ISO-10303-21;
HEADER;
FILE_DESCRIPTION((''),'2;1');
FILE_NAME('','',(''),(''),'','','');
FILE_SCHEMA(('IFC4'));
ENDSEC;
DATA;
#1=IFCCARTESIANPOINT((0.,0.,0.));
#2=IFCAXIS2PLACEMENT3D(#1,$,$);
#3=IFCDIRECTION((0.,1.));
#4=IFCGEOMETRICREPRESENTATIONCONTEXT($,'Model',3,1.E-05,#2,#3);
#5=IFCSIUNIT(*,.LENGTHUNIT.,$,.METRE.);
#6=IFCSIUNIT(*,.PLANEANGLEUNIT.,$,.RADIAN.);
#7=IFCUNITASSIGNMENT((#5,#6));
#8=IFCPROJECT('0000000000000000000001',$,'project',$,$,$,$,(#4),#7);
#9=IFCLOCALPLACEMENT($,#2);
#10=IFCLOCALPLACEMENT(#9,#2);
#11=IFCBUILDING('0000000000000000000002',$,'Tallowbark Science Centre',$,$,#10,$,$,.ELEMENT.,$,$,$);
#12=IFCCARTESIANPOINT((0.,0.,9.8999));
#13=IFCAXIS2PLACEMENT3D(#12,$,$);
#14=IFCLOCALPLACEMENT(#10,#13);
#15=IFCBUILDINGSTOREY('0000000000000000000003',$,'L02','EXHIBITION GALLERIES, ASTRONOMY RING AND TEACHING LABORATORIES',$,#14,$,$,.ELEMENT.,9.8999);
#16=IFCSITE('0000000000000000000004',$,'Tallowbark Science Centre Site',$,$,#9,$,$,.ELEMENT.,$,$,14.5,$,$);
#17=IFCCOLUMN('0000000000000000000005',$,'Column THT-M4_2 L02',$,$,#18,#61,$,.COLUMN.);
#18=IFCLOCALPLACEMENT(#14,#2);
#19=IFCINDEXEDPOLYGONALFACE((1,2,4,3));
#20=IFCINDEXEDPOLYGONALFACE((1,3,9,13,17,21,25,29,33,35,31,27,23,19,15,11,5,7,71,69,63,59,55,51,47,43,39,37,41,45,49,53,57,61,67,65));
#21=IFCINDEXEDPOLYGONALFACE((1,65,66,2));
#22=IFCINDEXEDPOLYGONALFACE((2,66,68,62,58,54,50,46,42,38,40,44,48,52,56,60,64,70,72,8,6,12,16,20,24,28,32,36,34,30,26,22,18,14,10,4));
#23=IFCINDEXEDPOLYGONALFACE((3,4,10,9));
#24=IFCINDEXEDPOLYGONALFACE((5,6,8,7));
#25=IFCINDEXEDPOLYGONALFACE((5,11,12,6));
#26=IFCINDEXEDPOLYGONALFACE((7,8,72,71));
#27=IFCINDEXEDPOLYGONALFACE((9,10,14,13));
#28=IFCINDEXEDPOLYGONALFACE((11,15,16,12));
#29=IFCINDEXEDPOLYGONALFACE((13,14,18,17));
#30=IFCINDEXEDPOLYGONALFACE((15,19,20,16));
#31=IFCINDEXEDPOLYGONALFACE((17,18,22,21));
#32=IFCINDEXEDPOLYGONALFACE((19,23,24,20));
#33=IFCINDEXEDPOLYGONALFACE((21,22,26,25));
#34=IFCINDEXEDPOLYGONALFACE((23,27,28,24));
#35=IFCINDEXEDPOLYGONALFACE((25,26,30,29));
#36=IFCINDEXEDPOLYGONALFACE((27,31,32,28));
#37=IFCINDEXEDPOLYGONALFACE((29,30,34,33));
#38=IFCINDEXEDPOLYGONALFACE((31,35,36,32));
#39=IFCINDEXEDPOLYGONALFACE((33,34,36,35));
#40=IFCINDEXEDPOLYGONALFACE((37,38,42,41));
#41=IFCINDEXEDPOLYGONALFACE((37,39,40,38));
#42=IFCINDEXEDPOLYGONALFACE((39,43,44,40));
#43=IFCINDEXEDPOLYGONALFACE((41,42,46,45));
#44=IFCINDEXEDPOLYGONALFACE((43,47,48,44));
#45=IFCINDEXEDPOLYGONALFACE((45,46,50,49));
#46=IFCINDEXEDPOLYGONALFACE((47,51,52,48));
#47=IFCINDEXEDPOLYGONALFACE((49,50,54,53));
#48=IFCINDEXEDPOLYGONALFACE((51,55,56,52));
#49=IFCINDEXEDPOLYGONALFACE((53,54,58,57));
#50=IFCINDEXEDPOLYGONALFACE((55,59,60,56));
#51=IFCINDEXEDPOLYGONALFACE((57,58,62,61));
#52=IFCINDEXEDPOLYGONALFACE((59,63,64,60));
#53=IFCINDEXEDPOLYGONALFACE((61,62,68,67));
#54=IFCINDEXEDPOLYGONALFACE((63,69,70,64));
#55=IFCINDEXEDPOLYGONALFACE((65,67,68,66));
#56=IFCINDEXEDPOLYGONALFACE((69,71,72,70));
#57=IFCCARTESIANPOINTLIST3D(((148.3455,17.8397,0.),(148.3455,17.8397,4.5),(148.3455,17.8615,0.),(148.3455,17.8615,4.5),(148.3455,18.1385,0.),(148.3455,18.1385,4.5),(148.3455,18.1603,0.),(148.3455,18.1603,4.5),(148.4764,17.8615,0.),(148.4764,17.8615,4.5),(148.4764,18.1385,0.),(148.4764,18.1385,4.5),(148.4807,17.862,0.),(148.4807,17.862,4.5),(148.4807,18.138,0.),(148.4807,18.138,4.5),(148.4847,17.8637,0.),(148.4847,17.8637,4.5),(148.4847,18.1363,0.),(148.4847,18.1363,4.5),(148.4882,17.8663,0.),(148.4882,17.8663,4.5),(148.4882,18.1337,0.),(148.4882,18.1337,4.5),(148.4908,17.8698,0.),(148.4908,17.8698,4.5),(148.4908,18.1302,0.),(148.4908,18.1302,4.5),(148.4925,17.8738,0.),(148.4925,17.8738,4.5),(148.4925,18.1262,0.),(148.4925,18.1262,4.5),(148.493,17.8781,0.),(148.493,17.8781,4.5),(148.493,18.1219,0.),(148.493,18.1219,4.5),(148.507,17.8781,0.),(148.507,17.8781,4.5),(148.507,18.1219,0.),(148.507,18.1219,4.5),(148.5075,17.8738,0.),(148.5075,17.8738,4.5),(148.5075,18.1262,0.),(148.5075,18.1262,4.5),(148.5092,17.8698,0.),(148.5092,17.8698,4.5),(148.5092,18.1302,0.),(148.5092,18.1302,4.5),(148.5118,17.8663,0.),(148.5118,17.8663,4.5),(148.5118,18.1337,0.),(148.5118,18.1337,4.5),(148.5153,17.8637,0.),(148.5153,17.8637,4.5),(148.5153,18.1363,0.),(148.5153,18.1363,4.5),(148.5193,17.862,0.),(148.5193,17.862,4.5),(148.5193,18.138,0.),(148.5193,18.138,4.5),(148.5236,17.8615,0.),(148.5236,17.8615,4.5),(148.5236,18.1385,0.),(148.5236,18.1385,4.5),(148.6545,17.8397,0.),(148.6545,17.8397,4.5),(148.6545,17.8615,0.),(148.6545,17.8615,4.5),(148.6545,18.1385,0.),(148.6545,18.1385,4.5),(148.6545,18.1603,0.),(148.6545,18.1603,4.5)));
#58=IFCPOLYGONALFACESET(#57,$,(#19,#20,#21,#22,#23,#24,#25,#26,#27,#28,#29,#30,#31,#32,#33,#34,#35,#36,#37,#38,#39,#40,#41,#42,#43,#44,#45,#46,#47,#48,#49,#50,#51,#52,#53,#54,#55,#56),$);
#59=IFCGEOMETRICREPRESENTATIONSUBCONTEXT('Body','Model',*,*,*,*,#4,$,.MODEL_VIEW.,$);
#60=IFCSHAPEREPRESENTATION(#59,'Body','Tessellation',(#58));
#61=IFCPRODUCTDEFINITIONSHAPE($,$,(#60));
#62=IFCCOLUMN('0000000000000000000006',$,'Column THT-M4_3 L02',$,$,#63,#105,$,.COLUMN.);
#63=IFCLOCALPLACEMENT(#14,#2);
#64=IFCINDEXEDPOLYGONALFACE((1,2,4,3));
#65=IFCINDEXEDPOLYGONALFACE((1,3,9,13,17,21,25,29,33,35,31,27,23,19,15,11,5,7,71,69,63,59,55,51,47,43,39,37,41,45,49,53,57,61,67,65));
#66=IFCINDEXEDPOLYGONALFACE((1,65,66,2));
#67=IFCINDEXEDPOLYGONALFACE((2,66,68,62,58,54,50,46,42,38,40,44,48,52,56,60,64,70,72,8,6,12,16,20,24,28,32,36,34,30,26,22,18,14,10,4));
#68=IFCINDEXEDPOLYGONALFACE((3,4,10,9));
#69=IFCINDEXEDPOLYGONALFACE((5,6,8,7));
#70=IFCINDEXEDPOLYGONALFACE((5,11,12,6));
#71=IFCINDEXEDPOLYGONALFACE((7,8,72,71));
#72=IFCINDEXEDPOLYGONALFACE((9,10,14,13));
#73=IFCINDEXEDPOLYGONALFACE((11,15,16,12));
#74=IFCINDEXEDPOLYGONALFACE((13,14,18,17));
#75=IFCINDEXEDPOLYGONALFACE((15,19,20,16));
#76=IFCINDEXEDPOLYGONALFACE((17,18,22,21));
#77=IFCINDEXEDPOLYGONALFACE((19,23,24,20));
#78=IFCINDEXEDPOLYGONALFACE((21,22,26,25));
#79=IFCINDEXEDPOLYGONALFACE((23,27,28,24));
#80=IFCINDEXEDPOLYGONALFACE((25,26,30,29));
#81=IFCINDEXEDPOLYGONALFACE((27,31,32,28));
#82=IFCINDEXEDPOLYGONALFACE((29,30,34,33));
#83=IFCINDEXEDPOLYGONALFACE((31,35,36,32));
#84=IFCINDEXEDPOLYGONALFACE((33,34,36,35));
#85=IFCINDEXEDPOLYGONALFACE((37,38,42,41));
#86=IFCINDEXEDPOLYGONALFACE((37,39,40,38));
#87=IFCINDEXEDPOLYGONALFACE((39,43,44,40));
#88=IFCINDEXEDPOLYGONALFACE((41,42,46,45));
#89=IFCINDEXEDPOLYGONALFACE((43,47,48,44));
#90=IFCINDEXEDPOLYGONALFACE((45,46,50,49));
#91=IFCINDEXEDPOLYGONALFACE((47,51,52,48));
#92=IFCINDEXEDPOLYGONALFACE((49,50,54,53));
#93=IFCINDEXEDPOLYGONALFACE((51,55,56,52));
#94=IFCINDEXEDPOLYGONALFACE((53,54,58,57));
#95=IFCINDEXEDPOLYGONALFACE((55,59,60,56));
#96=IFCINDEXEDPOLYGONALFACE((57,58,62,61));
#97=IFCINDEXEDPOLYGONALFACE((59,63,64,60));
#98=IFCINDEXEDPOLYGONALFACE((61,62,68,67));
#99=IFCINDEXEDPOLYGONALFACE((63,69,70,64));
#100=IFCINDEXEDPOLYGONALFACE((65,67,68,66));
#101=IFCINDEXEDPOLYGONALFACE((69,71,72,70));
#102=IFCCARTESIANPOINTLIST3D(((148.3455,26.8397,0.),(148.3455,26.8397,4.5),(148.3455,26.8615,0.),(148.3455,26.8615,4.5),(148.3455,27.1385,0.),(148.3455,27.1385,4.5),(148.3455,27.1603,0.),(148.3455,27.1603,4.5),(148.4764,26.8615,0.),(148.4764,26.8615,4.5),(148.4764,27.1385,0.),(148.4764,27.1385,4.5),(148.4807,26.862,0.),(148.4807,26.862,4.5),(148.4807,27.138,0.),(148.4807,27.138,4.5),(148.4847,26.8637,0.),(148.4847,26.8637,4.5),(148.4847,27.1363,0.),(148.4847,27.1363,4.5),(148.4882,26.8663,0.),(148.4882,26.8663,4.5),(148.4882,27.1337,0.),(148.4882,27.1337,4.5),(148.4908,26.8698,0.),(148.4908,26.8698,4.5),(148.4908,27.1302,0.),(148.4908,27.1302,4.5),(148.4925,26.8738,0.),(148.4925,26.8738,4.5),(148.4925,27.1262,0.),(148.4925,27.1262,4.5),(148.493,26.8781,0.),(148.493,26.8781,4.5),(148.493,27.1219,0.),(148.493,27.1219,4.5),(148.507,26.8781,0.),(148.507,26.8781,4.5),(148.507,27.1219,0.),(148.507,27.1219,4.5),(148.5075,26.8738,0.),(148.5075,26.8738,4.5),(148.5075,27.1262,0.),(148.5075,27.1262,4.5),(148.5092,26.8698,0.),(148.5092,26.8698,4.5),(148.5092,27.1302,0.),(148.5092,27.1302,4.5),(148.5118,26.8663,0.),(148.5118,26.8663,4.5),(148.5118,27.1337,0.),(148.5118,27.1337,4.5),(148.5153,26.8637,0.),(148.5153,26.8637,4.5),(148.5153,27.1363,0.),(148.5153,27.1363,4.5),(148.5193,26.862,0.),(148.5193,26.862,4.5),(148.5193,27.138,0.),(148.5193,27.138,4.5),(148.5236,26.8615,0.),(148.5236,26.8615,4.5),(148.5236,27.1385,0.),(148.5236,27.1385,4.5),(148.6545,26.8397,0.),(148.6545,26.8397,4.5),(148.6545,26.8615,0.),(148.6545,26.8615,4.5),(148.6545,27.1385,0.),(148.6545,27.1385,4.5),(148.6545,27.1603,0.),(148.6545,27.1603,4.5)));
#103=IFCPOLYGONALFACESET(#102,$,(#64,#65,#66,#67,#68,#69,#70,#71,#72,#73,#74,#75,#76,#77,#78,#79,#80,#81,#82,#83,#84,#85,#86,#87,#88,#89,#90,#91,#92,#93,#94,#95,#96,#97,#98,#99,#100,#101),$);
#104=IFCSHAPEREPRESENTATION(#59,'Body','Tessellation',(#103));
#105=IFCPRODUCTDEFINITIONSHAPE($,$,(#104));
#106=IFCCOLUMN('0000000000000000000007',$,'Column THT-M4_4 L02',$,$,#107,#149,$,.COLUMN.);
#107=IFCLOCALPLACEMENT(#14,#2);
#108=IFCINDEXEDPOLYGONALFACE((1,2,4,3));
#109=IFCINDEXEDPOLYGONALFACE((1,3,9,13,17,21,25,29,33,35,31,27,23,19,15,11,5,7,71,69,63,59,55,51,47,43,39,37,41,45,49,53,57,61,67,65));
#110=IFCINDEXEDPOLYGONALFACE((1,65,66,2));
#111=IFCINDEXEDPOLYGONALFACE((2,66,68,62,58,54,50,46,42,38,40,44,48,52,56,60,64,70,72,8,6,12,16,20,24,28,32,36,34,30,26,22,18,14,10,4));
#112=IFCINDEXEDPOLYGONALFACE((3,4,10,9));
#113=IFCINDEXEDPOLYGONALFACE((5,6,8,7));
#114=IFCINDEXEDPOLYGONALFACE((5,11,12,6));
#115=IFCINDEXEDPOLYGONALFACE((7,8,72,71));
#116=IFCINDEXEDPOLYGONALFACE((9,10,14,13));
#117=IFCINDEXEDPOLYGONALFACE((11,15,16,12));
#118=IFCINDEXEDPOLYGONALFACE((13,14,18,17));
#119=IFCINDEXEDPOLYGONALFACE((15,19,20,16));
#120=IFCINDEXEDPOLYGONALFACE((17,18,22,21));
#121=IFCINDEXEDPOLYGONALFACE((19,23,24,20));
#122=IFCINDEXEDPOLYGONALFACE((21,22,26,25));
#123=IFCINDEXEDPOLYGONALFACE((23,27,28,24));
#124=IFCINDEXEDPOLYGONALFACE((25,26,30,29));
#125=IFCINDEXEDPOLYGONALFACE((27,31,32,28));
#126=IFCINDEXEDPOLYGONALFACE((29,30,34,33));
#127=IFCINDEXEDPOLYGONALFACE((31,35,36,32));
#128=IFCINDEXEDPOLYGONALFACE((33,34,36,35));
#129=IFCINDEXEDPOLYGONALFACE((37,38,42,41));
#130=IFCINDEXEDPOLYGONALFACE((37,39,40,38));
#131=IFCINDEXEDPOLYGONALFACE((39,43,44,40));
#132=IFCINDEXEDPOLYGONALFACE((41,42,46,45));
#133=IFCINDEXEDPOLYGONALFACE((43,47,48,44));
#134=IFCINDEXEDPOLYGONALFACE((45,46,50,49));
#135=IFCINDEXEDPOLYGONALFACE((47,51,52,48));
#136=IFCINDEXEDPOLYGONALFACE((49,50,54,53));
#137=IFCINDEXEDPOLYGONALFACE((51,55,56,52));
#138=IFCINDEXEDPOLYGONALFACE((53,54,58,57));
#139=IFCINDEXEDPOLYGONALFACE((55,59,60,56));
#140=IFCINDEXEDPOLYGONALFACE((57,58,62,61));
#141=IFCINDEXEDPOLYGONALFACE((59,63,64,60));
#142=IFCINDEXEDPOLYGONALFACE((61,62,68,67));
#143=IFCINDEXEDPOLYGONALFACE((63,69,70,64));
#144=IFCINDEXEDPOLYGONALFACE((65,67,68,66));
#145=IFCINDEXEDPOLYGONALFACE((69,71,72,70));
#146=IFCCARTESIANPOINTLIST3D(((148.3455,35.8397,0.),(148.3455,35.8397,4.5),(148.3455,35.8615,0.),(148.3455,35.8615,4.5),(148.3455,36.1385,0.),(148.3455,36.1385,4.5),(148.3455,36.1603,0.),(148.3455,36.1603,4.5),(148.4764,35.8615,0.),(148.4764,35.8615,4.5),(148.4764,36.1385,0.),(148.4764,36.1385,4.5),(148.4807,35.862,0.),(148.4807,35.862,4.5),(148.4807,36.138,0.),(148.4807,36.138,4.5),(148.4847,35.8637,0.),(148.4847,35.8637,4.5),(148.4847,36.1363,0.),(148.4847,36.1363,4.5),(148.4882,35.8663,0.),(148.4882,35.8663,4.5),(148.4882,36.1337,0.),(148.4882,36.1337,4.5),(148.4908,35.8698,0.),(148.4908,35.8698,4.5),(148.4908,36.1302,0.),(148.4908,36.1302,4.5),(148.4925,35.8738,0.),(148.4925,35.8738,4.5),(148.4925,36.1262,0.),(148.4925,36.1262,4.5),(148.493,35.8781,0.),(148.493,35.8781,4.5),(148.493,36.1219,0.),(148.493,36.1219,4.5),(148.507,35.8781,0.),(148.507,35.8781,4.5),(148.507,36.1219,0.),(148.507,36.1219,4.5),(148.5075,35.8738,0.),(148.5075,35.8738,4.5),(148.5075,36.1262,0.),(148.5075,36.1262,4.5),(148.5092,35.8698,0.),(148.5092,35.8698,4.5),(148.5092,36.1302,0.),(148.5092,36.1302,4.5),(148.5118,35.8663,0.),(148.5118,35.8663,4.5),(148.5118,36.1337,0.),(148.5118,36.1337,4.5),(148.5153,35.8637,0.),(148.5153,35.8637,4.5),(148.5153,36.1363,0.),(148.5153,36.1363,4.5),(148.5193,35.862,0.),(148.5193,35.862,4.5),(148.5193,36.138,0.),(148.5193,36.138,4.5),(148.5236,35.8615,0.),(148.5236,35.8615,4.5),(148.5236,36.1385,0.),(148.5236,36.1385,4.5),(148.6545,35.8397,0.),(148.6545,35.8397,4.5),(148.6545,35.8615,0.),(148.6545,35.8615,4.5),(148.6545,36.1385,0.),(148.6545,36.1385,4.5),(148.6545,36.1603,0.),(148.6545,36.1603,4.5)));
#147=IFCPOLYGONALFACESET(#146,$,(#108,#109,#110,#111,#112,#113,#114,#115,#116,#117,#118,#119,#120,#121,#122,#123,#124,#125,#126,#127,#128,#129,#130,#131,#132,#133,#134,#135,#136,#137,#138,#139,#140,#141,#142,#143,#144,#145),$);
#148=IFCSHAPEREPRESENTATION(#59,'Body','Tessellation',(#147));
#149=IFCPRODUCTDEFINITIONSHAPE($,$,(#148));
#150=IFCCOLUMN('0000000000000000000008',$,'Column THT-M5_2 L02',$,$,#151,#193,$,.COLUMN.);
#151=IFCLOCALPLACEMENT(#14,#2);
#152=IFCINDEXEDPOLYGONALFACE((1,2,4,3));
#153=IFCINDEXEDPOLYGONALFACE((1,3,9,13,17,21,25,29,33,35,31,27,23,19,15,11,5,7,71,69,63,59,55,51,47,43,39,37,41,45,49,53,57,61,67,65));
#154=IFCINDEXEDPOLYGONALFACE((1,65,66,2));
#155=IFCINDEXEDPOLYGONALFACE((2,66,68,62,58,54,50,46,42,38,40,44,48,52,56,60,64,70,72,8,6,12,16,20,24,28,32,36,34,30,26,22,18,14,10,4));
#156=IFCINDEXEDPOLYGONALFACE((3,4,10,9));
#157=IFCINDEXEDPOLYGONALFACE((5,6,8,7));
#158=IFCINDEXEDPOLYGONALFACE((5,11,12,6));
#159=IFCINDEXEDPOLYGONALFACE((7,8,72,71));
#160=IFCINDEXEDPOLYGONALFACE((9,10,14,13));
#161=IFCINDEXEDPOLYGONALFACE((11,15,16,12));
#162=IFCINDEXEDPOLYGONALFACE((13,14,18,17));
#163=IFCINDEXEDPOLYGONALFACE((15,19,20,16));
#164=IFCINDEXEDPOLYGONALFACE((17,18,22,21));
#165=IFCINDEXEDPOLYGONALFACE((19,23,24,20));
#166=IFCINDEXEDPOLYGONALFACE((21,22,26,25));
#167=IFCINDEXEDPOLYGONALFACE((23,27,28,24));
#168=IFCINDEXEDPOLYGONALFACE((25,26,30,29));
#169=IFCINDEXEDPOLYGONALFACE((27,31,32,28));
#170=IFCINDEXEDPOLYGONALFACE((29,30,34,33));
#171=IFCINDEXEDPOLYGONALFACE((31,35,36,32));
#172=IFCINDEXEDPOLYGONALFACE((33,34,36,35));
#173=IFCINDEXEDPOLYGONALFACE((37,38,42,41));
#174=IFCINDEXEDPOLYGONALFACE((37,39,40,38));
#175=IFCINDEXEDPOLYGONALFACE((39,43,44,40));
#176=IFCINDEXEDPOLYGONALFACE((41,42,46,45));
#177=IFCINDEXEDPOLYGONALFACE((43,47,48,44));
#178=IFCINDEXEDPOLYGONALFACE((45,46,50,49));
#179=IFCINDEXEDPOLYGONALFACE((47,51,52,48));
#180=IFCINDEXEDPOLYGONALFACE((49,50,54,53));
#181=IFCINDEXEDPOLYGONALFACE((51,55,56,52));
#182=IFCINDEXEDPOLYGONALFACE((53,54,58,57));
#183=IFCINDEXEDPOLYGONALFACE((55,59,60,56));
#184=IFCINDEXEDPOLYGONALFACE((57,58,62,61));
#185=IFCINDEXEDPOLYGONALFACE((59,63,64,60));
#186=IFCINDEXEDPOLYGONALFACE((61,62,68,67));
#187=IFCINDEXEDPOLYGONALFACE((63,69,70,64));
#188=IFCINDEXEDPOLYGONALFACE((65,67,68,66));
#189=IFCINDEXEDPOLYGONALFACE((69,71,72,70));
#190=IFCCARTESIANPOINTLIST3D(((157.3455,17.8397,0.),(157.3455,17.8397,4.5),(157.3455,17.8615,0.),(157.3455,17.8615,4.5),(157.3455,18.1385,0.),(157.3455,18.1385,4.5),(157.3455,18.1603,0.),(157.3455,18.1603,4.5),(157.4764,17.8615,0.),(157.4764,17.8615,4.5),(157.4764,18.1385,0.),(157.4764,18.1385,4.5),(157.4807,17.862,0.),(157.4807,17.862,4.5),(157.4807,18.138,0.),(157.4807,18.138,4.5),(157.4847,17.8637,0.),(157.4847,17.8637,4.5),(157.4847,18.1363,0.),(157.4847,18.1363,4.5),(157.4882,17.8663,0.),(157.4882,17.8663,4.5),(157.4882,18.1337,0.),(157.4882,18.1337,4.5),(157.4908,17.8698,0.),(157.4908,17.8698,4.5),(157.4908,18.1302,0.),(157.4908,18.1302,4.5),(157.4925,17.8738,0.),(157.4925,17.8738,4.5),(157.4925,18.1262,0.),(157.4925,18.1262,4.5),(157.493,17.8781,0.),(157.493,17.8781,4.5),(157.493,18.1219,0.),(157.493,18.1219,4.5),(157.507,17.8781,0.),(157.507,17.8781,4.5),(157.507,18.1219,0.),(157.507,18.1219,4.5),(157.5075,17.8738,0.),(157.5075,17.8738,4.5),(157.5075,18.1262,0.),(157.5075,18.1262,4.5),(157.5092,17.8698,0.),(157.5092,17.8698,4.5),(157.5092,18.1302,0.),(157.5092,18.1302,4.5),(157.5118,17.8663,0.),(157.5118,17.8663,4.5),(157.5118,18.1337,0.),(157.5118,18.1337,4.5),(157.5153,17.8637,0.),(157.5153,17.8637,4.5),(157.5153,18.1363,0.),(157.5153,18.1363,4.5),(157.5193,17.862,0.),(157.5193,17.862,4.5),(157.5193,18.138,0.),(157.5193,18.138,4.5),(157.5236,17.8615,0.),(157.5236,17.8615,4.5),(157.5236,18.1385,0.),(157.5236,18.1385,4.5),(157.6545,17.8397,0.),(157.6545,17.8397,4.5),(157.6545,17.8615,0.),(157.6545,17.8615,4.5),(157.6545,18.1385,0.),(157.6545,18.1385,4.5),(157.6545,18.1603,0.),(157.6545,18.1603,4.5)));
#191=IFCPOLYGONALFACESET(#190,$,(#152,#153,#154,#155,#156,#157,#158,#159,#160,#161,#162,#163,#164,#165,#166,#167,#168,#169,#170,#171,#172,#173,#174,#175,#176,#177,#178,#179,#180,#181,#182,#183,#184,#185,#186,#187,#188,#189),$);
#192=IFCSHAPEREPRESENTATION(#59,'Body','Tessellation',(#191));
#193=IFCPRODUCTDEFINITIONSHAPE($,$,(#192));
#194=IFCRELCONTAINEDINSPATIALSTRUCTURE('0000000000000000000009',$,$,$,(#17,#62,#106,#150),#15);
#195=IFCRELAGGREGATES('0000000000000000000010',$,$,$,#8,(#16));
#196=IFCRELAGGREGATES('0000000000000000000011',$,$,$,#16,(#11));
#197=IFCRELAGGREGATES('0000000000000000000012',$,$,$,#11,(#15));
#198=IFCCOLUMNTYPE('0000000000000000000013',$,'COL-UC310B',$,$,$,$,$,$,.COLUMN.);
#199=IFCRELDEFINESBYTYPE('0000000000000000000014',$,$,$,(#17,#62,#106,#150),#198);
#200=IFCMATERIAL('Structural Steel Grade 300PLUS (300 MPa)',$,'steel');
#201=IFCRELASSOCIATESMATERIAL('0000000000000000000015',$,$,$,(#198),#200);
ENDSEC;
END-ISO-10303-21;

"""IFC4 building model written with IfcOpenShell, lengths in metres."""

from ifc_helpers import new_model, si_unit, direction, frame, origin, origin_2d, place, context, subcontext, project, spatial, i_section, extrude, material, material_profile, profile_set, type_object, element, save


model = new_model("IFC4")

# Units and contexts
model_context = context("Model", 3, precision=1e-05, world=origin(), true_north=direction((0.0, 1.0)))
body_context = subcontext(model_context, "Body", "Model", "MODEL_VIEW")
ifc_project = project(units=[si_unit("LENGTHUNIT", "METRE"), si_unit("PLANEANGLEUNIT", "RADIAN")], contexts=[model_context])

# Site, building, storey
site_placement = place(None, origin())
site = spatial("IfcSite", under=ifc_project, at=site_placement, Name="Tallowbark Science Centre Site", CompositionType="ELEMENT", RefElevation=14.5)
building_placement = place(site_placement, origin())
building = spatial("IfcBuilding", under=site, at=building_placement, Name="Tallowbark Science Centre", CompositionType="ELEMENT")
storey_placement = place(building_placement, frame((0.0, 0.0, 9.8999)))
storey = spatial("IfcBuildingStorey", under=building, at=storey_placement, Name="L02", Description="EXHIBITION GALLERIES, ASTRONOMY RING AND TEACHING LABORATORIES", CompositionType="ELEMENT", Elevation=9.8999)

# Columns
ifc_material_1 = material(Name="Structural Steel Grade 300PLUS (300 MPa)", Category="steel")
ifc_material_profile_1 = material_profile(ifc_material_1, i_section(OverallWidth=0.3091, OverallDepth=0.3206, WebThickness=0.0139, FlangeThickness=0.0217, FilletRadius=0.0166, at=origin_2d()), Name="310UC137")
ifc_profile_set_1 = profile_set([ifc_material_profile_1], Name="Structural Steel Grade 300PLUS (300 MPa)")
column_type = type_object("IfcColumnType", Name="COL-UC310B", PredefinedType="COLUMN", material=ifc_profile_set_1)
for number, where, z_axis, x_axis, name in (
    (1, (148.5, 18.0, 0.0), (0.0, 0.0, 1.0), (1.0, 0.0, 0.0), "Column THT-M4_2 L02"),
    (2, (148.5, 27.0, 0.0), (0.0, 0.0, 1.0), (1.0, 0.0, 0.0), "Column THT-M4_3 L02"),
    (3, (148.5, 36.0, 0.0), (0.0, 0.0, 1.0), (1.0, 0.0, 0.0), "Column THT-M4_4 L02"),
    (4, (157.5, 18.0, 0.0), (0.0, 0.0, 1.0), (1.0, 0.0, 0.0), "Column THT-M5_2 L02"),
):
    element("IfcColumn", number, at=place(storey_placement, frame(where, z_axis=z_axis, x_axis=x_axis)), inside=storey, type_object=column_type, Name=name, PredefinedType="COLUMN", context=body_context, shape_type="SweptSolid", body=[
        extrude(i_section(OverallWidth=0.3091, OverallDepth=0.3206, WebThickness=0.0139, FlangeThickness=0.0217, FilletRadius=0.0166, at=origin_2d()), origin(), (0.0, 0.0, 1.0), 4.5),
    ])

save(model, "model.ifc")
